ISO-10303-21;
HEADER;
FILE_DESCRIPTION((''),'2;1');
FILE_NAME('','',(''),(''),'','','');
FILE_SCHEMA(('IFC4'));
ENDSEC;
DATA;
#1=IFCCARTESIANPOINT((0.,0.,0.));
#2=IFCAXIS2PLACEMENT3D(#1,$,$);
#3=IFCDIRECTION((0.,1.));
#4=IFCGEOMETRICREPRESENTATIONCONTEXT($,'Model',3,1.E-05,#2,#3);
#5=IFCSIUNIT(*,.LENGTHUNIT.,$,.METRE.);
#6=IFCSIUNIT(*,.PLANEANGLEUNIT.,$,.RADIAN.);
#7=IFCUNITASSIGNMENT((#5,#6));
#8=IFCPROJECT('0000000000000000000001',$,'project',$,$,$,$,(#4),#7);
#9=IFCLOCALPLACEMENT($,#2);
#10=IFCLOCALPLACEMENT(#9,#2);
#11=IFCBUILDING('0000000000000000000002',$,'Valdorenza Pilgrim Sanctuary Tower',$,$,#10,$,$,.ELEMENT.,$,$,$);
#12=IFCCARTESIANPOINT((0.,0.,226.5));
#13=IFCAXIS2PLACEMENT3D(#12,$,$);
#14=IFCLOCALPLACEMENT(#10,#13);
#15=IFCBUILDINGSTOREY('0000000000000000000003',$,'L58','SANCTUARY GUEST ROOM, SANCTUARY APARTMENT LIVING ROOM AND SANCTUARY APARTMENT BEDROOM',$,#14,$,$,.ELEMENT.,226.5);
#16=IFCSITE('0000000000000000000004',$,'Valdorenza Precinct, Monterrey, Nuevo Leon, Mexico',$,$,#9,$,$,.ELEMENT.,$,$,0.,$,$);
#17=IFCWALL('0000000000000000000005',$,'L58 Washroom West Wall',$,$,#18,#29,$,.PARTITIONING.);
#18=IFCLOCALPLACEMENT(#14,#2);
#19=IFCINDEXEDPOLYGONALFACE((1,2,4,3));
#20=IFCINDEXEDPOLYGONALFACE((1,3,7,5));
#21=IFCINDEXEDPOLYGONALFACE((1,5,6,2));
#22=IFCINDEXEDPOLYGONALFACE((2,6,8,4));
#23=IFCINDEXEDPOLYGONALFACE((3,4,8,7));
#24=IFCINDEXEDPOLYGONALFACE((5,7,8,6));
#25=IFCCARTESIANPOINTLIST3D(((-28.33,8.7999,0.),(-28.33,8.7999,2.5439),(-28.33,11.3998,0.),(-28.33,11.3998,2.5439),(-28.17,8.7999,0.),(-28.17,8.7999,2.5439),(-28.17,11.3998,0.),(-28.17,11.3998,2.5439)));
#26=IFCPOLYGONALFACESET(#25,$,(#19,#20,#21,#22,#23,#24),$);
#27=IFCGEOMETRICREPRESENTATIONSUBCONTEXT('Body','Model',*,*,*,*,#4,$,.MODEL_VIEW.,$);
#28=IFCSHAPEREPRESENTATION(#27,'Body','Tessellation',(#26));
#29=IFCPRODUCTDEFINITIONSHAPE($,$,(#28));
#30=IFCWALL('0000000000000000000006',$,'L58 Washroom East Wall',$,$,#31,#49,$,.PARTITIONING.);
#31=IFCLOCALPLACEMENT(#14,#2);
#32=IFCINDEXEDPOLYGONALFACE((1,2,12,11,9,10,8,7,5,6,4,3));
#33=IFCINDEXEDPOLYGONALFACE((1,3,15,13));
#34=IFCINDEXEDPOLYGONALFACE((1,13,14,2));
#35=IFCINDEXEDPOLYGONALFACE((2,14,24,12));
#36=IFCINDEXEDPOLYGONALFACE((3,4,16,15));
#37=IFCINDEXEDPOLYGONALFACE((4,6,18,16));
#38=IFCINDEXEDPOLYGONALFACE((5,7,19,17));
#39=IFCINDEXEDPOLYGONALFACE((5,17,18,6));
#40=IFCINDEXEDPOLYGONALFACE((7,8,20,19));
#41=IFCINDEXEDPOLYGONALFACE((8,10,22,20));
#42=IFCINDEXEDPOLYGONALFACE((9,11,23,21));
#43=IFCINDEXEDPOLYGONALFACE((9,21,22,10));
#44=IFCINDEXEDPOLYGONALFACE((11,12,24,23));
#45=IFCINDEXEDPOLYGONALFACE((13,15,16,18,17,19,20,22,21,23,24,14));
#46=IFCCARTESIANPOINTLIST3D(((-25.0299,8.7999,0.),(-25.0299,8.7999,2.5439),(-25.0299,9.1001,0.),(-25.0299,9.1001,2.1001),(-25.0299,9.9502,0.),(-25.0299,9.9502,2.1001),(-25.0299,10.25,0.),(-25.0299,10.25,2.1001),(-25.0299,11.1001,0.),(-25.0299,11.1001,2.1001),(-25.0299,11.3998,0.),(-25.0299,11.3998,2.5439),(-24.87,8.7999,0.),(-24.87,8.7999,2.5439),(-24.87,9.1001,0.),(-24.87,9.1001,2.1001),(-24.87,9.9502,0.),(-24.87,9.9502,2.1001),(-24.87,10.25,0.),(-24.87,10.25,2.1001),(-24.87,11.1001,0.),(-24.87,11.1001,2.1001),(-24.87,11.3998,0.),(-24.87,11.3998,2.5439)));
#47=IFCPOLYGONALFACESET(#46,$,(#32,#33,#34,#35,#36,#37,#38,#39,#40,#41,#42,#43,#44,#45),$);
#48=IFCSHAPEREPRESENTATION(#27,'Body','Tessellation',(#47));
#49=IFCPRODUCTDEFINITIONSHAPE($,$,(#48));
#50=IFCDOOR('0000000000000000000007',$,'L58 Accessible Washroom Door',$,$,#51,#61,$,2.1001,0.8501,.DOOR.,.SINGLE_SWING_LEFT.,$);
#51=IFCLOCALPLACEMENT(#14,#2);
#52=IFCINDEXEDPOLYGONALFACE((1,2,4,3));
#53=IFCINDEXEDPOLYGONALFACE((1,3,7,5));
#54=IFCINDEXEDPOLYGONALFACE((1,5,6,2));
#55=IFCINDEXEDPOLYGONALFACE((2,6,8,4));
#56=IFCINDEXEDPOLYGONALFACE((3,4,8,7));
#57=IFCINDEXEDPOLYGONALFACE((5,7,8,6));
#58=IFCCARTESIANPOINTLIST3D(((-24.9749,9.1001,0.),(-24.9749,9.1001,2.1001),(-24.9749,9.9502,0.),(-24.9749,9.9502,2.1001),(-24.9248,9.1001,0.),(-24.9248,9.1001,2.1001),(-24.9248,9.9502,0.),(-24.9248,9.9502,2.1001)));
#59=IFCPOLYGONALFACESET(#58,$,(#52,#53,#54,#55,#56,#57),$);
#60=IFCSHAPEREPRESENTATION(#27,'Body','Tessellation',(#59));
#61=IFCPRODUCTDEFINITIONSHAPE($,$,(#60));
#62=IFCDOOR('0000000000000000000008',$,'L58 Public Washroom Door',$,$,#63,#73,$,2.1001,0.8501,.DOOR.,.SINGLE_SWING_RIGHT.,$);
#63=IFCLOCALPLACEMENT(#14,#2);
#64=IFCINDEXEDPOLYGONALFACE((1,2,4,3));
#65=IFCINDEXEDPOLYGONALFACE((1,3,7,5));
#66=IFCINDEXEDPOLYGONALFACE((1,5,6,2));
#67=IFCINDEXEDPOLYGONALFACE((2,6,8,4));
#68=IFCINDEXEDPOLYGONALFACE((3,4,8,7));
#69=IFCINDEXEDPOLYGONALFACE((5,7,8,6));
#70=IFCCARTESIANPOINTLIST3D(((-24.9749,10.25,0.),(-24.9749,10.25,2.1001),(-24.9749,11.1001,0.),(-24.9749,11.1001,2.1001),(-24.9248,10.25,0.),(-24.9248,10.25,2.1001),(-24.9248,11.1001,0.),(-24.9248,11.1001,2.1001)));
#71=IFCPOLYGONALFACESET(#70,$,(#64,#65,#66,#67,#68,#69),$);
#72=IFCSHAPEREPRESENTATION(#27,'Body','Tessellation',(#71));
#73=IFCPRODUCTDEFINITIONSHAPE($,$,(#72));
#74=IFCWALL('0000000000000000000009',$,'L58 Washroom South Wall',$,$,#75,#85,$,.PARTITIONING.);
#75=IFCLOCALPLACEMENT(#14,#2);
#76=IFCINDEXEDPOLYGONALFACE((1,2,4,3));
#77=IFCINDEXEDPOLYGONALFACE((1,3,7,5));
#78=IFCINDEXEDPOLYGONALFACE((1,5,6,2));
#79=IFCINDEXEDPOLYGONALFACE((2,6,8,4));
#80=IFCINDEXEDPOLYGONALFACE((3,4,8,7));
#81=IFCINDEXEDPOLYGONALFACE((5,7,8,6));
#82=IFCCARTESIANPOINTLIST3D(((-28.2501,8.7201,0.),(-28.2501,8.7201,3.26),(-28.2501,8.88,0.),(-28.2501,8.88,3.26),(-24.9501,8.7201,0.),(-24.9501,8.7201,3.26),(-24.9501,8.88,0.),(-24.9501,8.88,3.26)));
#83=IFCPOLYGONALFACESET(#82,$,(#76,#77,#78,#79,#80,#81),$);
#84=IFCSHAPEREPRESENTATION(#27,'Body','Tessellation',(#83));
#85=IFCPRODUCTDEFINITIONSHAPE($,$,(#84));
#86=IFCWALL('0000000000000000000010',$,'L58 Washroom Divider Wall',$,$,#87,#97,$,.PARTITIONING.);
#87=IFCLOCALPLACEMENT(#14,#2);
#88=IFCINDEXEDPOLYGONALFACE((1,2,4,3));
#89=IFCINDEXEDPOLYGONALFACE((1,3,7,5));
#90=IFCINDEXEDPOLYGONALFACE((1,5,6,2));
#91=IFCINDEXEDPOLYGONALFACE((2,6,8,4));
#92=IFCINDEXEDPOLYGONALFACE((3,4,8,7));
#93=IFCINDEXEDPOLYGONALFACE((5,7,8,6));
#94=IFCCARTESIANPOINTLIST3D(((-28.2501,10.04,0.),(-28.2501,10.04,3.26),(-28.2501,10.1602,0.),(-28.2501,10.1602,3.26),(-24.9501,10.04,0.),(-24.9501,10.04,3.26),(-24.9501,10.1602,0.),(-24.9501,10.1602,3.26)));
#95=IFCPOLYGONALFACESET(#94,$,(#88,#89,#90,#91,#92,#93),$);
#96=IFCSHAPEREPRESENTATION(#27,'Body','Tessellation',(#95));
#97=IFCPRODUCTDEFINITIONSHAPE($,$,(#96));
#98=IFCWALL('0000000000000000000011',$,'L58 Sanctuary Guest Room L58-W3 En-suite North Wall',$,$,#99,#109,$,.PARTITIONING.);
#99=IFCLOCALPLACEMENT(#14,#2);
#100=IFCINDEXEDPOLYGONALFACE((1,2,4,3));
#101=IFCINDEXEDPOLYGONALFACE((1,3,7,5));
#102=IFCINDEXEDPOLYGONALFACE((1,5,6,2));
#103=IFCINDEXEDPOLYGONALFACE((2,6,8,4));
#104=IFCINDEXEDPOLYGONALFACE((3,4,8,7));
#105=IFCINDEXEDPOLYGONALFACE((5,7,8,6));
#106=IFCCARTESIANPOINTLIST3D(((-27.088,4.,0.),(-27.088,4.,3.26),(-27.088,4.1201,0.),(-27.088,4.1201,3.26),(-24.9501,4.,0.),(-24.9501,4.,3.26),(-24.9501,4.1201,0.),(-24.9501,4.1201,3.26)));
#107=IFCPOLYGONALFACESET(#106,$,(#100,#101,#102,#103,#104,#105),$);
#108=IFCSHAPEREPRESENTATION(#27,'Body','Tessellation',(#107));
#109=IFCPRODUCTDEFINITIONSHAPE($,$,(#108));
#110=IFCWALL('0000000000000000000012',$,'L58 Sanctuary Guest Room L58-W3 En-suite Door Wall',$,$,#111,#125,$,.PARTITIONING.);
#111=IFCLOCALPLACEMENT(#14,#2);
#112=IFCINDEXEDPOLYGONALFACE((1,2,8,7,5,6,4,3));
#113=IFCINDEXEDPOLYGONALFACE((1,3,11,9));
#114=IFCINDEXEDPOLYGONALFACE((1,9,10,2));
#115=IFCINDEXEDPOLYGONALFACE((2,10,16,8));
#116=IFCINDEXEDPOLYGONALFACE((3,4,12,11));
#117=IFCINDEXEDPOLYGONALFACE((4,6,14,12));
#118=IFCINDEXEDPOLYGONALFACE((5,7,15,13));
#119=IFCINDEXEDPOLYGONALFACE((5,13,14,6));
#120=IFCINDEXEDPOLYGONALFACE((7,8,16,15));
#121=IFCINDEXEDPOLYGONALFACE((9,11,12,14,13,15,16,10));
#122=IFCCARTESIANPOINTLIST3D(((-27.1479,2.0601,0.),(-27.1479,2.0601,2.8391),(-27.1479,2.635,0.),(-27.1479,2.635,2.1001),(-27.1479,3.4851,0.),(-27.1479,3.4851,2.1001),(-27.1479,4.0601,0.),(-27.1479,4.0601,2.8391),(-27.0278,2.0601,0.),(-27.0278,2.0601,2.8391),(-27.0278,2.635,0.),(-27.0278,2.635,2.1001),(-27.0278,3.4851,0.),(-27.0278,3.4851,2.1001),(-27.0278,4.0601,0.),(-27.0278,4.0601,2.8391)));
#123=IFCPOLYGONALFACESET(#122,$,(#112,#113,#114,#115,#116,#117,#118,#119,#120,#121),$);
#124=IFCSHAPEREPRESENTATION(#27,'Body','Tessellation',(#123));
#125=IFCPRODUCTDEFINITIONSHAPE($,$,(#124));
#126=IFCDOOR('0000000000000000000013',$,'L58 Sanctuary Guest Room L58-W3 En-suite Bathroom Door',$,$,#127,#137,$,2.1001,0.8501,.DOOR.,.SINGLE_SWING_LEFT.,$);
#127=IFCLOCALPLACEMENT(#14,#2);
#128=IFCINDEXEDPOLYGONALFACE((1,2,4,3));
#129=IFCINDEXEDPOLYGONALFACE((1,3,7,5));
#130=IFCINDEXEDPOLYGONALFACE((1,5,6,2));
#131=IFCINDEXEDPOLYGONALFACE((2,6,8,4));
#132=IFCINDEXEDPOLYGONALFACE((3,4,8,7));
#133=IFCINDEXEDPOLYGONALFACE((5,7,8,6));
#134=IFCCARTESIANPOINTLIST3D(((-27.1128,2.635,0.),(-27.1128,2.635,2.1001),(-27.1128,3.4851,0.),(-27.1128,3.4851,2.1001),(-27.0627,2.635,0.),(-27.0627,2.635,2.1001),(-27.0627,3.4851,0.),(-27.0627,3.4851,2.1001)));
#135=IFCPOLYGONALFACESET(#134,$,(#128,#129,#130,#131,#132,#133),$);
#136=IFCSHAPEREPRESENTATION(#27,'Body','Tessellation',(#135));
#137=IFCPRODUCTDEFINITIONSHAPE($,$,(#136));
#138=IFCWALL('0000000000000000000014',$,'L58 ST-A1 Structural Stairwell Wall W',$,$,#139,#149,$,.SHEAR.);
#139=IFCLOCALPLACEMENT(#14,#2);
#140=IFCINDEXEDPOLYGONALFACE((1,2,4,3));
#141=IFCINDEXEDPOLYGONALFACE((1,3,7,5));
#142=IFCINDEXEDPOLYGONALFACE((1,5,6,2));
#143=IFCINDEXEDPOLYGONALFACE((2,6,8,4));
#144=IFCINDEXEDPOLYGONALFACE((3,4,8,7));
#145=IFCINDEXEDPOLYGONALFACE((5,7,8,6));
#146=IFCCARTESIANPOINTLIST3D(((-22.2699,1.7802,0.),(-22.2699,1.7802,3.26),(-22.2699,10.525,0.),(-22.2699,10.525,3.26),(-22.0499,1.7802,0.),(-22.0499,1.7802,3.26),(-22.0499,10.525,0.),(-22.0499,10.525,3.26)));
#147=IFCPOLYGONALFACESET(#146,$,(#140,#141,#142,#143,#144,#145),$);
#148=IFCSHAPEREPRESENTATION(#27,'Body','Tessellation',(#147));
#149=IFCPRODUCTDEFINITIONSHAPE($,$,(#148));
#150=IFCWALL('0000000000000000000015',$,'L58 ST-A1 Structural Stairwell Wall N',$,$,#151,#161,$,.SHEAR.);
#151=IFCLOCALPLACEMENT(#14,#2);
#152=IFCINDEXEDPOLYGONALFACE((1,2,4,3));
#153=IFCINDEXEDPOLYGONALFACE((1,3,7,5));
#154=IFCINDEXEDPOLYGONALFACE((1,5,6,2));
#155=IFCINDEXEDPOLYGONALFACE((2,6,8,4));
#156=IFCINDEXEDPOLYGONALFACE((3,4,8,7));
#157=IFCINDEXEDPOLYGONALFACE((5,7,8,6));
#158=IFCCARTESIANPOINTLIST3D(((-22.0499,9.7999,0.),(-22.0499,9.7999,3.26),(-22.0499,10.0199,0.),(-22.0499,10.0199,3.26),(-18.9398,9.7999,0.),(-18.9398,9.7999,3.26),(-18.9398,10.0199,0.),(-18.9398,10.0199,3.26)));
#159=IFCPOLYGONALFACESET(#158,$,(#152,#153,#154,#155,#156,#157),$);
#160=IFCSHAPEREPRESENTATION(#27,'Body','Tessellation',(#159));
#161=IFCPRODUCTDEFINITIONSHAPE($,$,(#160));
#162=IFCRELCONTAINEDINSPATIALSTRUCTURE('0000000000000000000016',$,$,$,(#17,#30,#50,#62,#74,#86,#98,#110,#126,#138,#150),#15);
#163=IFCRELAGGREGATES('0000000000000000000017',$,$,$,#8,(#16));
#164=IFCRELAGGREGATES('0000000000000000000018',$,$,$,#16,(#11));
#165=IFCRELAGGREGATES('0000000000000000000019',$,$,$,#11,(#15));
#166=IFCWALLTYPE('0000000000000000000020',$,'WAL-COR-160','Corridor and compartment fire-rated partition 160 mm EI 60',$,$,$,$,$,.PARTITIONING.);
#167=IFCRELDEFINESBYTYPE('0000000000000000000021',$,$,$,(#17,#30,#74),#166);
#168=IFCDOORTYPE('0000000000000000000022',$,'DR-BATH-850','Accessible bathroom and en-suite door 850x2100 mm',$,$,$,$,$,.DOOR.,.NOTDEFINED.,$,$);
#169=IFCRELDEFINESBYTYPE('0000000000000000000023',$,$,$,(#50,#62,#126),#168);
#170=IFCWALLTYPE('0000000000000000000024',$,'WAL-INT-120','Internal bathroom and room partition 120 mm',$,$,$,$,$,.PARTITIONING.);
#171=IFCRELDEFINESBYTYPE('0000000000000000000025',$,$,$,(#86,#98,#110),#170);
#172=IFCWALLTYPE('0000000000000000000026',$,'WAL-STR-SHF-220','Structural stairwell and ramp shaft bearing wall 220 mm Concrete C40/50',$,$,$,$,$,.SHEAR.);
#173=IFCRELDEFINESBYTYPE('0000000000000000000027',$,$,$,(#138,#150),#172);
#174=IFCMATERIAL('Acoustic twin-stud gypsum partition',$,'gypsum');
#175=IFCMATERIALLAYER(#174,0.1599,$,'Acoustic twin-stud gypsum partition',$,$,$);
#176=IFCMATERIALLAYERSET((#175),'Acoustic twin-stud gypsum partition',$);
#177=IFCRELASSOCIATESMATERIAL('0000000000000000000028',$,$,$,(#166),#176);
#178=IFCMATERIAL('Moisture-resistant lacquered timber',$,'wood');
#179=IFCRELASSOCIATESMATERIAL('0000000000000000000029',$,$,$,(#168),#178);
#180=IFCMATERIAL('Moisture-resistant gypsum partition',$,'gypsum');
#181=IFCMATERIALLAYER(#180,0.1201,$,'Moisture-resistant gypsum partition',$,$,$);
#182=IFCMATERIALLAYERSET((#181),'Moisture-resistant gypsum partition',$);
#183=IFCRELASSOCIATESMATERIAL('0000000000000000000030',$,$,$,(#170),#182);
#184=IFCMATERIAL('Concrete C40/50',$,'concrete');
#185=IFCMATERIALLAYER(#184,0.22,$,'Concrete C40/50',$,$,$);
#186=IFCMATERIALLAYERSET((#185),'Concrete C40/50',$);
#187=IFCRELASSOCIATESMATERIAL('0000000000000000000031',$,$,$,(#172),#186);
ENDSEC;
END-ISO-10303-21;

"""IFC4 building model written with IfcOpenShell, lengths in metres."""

from ifc_helpers import new_model, si_unit, direction, frame, frame_2d, origin, place, context, subcontext, project, spatial, rectangle, extrude, material, layer, layer_set, type_object, element, fill, save


model = new_model("IFC4")

# Units and contexts
model_context = context("Model", 3, precision=1e-05, world=origin(), true_north=direction((0.0, 1.0)))
body_context = subcontext(model_context, "Body", "Model", "MODEL_VIEW")
ifc_project = project(units=[si_unit("LENGTHUNIT", "METRE"), si_unit("PLANEANGLEUNIT", "RADIAN")], contexts=[model_context])

# Site, building, storey
site_placement = place(None, origin())
site = spatial("IfcSite", under=ifc_project, at=site_placement, Name="Valdorenza Precinct, Monterrey, Nuevo Leon, Mexico", CompositionType="ELEMENT", RefElevation=0.0)
building_placement = place(site_placement, origin())
building = spatial("IfcBuilding", under=site, at=building_placement, Name="Valdorenza Pilgrim Sanctuary Tower", CompositionType="ELEMENT")
storey_placement = place(building_placement, frame((0.0, 0.0, 226.5)))
storey = spatial("IfcBuildingStorey", under=building, at=storey_placement, Name="L58", Description="SANCTUARY GUEST ROOM, SANCTUARY APARTMENT LIVING ROOM AND SANCTUARY APARTMENT BEDROOM", CompositionType="ELEMENT", Elevation=226.5)

# Wall
ifc_material_1 = material(Name="Acoustic twin-stud gypsum partition", Category="gypsum")
ifc_layer_1 = layer(ifc_material_1, 0.1599, Name="Acoustic twin-stud gypsum partition")
ifc_layer_set_1 = layer_set([ifc_layer_1], Name="Acoustic twin-stud gypsum partition")
wall_type_1 = type_object("IfcWallType", Name="WAL-COR-160", Description="Corridor and compartment fire-rated partition 160 mm EI 60", PredefinedType="PARTITIONING", material=ifc_layer_set_1)
wall_1_placement = place(storey_placement, frame((-28.25, 8.8, 0.0), z_axis=(0.0, 0.0, 1.0), x_axis=(0.0, 1.0, 0.0)))
element("IfcWall", 1, at=wall_1_placement, inside=storey, type_object=wall_type_1, Name="L58 Washroom West Wall", PredefinedType="PARTITIONING", context=body_context, shape_type="SweptSolid", body=[
    extrude(rectangle(XDim=2.5999, YDim=0.1599, at=frame_2d((1.2998, 0.0))), origin(), (0.0, 0.0, 1.0), 2.5439),
])

# Wall, openings, doors
wall_2_placement = place(storey_placement, frame((-24.95, 8.8, 0.0), z_axis=(0.0, 0.0, 1.0), x_axis=(0.0, 1.0, 0.0)))
wall_2 = element("IfcWall", 2, at=wall_2_placement, inside=storey, type_object=wall_type_1, Name="L58 Washroom East Wall", PredefinedType="PARTITIONING", context=body_context, shape_type="SweptSolid", body=[
    extrude(rectangle(XDim=2.5999, YDim=0.1599, at=frame_2d((1.2998, 0.0))), origin(), (0.0, 0.0, 1.0), 2.5439),
])
opening_1_placement = place(wall_2_placement, frame((0.3, 0.0, 0.0)))
opening_1 = element("IfcOpeningElement", 3, at=opening_1_placement, cuts=wall_2, PredefinedType="OPENING", context=body_context, shape_type="SweptSolid", body=[
    extrude(rectangle(XDim=0.8501, YDim=2.1001, at=frame_2d((0.425, 1.05))), frame((0.0, 0.0947, 0.0), z_axis=(0.0, -1.0, 0.0), x_axis=(1.0, 0.0, 0.0)), (0.0, 0.0, 1.0), 0.1897),
])
opening_2_placement = place(wall_2_placement, frame((1.45, 0.0, 0.0)))
opening_2 = element("IfcOpeningElement", 4, at=opening_2_placement, cuts=wall_2, PredefinedType="OPENING", context=body_context, shape_type="SweptSolid", body=[
    extrude(rectangle(XDim=0.8501, YDim=2.1001, at=frame_2d((0.425, 1.05))), frame((0.0, 0.0947, 0.0), z_axis=(0.0, -1.0, 0.0), x_axis=(1.0, 0.0, 0.0)), (0.0, 0.0, 1.0), 0.1897),
])
ifc_material_2 = material(Name="Moisture-resistant lacquered timber", Category="wood")
door_type_1 = type_object("IfcDoorType", Name="DR-BATH-850", Description="Accessible bathroom and en-suite door 850x2100 mm", OperationType="NOTDEFINED", PredefinedType="DOOR", material=ifc_material_2)
door_1_placement = place(opening_1_placement, origin())
door_1 = element("IfcDoor", 5, at=door_1_placement, inside=storey, type_object=door_type_1, Name="L58 Accessible Washroom Door", OperationType="SINGLE_SWING_LEFT", OverallHeight=2.1001, OverallWidth=0.8501, PredefinedType="DOOR", context=body_context, shape_type="SweptSolid", body=[
    extrude(rectangle(XDim=0.8501, YDim=2.1001, at=frame_2d((0.425, 1.05))), frame((0.0, 0.0249, 0.0), z_axis=(0.0, -1.0, 0.0), x_axis=(1.0, 0.0, 0.0)), (0.0, 0.0, 1.0), 0.05),
])
fill(opening_1, door_1)
door_2_placement = place(opening_2_placement, origin())
door_2 = element("IfcDoor", 6, at=door_2_placement, inside=storey, type_object=door_type_1, Name="L58 Public Washroom Door", OperationType="SINGLE_SWING_RIGHT", OverallHeight=2.1001, OverallWidth=0.8501, PredefinedType="DOOR", context=body_context, shape_type="SweptSolid", body=[
    extrude(rectangle(XDim=0.8501, YDim=2.1001, at=frame_2d((0.425, 1.05))), frame((0.0, 0.0249, 0.0), z_axis=(0.0, -1.0, 0.0), x_axis=(1.0, 0.0, 0.0)), (0.0, 0.0, 1.0), 0.05),
])
fill(opening_2, door_2)

# Walls
wall_3_placement = place(storey_placement, frame((-28.25, 8.8, 0.0), z_axis=(0.0, 0.0, 1.0), x_axis=(1.0, 0.0, 0.0)))
element("IfcWall", 7, at=wall_3_placement, inside=storey, type_object=wall_type_1, Name="L58 Washroom South Wall", PredefinedType="PARTITIONING", context=body_context, shape_type="SweptSolid", body=[
    extrude(rectangle(XDim=3.3, YDim=0.1599, at=frame_2d((1.6499, 0.0))), origin(), (0.0, 0.0, 1.0), 3.26),
])
ifc_material_3 = material(Name="Moisture-resistant gypsum partition", Category="gypsum")
ifc_layer_2 = layer(ifc_material_3, 0.1201, Name="Moisture-resistant gypsum partition")
ifc_layer_set_2 = layer_set([ifc_layer_2], Name="Moisture-resistant gypsum partition")
wall_type_2 = type_object("IfcWallType", Name="WAL-INT-120", Description="Internal bathroom and room partition 120 mm", PredefinedType="PARTITIONING", material=ifc_layer_set_2)
wall_4_placement = place(storey_placement, frame((-28.25, 10.1001, 0.0), z_axis=(0.0, 0.0, 1.0), x_axis=(1.0, 0.0, 0.0)))
element("IfcWall", 8, at=wall_4_placement, inside=storey, type_object=wall_type_2, Name="L58 Washroom Divider Wall", PredefinedType="PARTITIONING", context=body_context, shape_type="SweptSolid", body=[
    extrude(rectangle(XDim=3.3, YDim=0.1201, at=frame_2d((1.6499, 0.0))), origin(), (0.0, 0.0, 1.0), 3.26),
])
wall_5_placement = place(storey_placement, frame((-27.0879, 4.0601, 0.0), z_axis=(0.0, 0.0, 1.0), x_axis=(1.0, 0.0, 0.0)))
element("IfcWall", 9, at=wall_5_placement, inside=storey, type_object=wall_type_2, Name="L58 Sanctuary Guest Room L58-W3 En-suite North Wall", PredefinedType="PARTITIONING", context=body_context, shape_type="SweptSolid", body=[
    extrude(rectangle(XDim=2.1379, YDim=0.1201, at=frame_2d((1.0688, 0.0))), origin(), (0.0, 0.0, 1.0), 3.26),
])

# Wall, opening, door
wall_6_placement = place(storey_placement, frame((-27.0879, 2.0601, 0.0), z_axis=(0.0, 0.0, 1.0), x_axis=(0.0, 1.0, 0.0)))
wall_6 = element("IfcWall", 10, at=wall_6_placement, inside=storey, type_object=wall_type_2, Name="L58 Sanctuary Guest Room L58-W3 En-suite Door Wall", PredefinedType="PARTITIONING", context=body_context, shape_type="SweptSolid", body=[
    extrude(rectangle(XDim=2.0, YDim=0.1201, at=frame_2d((1.0, 0.0))), origin(), (0.0, 0.0, 1.0), 2.8391),
])
opening_3_placement = place(wall_6_placement, frame((0.575, 0.0, 0.0)))
opening_3 = element("IfcOpeningElement", 11, at=opening_3_placement, cuts=wall_6, PredefinedType="OPENING", context=body_context, shape_type="SweptSolid", body=[
    extrude(rectangle(XDim=0.8501, YDim=2.1001, at=frame_2d((0.425, 1.05))), frame((0.0, 0.075, 0.0), z_axis=(0.0, -1.0, 0.0), x_axis=(1.0, 0.0, 0.0)), (0.0, 0.0, 1.0), 0.1499),
])
door_3_placement = place(opening_3_placement, origin())
door_3 = element("IfcDoor", 12, at=door_3_placement, inside=storey, type_object=door_type_1, Name="L58 Sanctuary Guest Room L58-W3 En-suite Bathroom Door", OperationType="SINGLE_SWING_LEFT", OverallHeight=2.1001, OverallWidth=0.8501, PredefinedType="DOOR", context=body_context, shape_type="SweptSolid", body=[
    extrude(rectangle(XDim=0.8501, YDim=2.1001, at=frame_2d((0.425, 1.05))), frame((0.0, 0.0249, 0.0), z_axis=(0.0, -1.0, 0.0), x_axis=(1.0, 0.0, 0.0)), (0.0, 0.0, 1.0), 0.05),
])
fill(opening_3, door_3)

# Wall
ifc_material_4 = material(Name="Concrete C40/50", Category="concrete")
ifc_layer_3 = layer(ifc_material_4, 0.22, Name="Concrete C40/50")
ifc_layer_set_3 = layer_set([ifc_layer_3], Name="Concrete C40/50")
wall_type_3 = type_object("IfcWallType", Name="WAL-STR-SHF-220", Description="Structural stairwell and ramp shaft bearing wall 220 mm Concrete C40/50", PredefinedType="SHEAR", material=ifc_layer_set_3)
wall_7_placement = place(storey_placement, frame((-22.1599, 1.78, 0.0), z_axis=(0.0, 0.0, 1.0), x_axis=(0.0, 1.0, 0.0)))
element("IfcWall", 13, at=wall_7_placement, inside=storey, type_object=wall_type_3, Name="L58 ST-A1 Structural Stairwell Wall W", PredefinedType="SHEAR", context=body_context, shape_type="SweptSolid", body=[
    extrude(rectangle(XDim=8.7449, YDim=0.22, at=frame_2d((4.3726, 0.0))), origin(), (0.0, 0.0, 1.0), 3.26),
])

# Wall
wall_8_placement = place(storey_placement, frame((-22.05, 9.9099, 0.0), z_axis=(0.0, 0.0, 1.0), x_axis=(1.0, 0.0, 0.0)))
element("IfcWall", 14, at=wall_8_placement, inside=storey, type_object=wall_type_3, Name="L58 ST-A1 Structural Stairwell Wall N", PredefinedType="SHEAR", context=body_context, shape_type="SweptSolid", body=[
    extrude(rectangle(XDim=3.1101, YDim=0.22, at=frame_2d((1.5552, 0.0))), origin(), (0.0, 0.0, 1.0), 3.26),
])

save(model, "model.ifc")
